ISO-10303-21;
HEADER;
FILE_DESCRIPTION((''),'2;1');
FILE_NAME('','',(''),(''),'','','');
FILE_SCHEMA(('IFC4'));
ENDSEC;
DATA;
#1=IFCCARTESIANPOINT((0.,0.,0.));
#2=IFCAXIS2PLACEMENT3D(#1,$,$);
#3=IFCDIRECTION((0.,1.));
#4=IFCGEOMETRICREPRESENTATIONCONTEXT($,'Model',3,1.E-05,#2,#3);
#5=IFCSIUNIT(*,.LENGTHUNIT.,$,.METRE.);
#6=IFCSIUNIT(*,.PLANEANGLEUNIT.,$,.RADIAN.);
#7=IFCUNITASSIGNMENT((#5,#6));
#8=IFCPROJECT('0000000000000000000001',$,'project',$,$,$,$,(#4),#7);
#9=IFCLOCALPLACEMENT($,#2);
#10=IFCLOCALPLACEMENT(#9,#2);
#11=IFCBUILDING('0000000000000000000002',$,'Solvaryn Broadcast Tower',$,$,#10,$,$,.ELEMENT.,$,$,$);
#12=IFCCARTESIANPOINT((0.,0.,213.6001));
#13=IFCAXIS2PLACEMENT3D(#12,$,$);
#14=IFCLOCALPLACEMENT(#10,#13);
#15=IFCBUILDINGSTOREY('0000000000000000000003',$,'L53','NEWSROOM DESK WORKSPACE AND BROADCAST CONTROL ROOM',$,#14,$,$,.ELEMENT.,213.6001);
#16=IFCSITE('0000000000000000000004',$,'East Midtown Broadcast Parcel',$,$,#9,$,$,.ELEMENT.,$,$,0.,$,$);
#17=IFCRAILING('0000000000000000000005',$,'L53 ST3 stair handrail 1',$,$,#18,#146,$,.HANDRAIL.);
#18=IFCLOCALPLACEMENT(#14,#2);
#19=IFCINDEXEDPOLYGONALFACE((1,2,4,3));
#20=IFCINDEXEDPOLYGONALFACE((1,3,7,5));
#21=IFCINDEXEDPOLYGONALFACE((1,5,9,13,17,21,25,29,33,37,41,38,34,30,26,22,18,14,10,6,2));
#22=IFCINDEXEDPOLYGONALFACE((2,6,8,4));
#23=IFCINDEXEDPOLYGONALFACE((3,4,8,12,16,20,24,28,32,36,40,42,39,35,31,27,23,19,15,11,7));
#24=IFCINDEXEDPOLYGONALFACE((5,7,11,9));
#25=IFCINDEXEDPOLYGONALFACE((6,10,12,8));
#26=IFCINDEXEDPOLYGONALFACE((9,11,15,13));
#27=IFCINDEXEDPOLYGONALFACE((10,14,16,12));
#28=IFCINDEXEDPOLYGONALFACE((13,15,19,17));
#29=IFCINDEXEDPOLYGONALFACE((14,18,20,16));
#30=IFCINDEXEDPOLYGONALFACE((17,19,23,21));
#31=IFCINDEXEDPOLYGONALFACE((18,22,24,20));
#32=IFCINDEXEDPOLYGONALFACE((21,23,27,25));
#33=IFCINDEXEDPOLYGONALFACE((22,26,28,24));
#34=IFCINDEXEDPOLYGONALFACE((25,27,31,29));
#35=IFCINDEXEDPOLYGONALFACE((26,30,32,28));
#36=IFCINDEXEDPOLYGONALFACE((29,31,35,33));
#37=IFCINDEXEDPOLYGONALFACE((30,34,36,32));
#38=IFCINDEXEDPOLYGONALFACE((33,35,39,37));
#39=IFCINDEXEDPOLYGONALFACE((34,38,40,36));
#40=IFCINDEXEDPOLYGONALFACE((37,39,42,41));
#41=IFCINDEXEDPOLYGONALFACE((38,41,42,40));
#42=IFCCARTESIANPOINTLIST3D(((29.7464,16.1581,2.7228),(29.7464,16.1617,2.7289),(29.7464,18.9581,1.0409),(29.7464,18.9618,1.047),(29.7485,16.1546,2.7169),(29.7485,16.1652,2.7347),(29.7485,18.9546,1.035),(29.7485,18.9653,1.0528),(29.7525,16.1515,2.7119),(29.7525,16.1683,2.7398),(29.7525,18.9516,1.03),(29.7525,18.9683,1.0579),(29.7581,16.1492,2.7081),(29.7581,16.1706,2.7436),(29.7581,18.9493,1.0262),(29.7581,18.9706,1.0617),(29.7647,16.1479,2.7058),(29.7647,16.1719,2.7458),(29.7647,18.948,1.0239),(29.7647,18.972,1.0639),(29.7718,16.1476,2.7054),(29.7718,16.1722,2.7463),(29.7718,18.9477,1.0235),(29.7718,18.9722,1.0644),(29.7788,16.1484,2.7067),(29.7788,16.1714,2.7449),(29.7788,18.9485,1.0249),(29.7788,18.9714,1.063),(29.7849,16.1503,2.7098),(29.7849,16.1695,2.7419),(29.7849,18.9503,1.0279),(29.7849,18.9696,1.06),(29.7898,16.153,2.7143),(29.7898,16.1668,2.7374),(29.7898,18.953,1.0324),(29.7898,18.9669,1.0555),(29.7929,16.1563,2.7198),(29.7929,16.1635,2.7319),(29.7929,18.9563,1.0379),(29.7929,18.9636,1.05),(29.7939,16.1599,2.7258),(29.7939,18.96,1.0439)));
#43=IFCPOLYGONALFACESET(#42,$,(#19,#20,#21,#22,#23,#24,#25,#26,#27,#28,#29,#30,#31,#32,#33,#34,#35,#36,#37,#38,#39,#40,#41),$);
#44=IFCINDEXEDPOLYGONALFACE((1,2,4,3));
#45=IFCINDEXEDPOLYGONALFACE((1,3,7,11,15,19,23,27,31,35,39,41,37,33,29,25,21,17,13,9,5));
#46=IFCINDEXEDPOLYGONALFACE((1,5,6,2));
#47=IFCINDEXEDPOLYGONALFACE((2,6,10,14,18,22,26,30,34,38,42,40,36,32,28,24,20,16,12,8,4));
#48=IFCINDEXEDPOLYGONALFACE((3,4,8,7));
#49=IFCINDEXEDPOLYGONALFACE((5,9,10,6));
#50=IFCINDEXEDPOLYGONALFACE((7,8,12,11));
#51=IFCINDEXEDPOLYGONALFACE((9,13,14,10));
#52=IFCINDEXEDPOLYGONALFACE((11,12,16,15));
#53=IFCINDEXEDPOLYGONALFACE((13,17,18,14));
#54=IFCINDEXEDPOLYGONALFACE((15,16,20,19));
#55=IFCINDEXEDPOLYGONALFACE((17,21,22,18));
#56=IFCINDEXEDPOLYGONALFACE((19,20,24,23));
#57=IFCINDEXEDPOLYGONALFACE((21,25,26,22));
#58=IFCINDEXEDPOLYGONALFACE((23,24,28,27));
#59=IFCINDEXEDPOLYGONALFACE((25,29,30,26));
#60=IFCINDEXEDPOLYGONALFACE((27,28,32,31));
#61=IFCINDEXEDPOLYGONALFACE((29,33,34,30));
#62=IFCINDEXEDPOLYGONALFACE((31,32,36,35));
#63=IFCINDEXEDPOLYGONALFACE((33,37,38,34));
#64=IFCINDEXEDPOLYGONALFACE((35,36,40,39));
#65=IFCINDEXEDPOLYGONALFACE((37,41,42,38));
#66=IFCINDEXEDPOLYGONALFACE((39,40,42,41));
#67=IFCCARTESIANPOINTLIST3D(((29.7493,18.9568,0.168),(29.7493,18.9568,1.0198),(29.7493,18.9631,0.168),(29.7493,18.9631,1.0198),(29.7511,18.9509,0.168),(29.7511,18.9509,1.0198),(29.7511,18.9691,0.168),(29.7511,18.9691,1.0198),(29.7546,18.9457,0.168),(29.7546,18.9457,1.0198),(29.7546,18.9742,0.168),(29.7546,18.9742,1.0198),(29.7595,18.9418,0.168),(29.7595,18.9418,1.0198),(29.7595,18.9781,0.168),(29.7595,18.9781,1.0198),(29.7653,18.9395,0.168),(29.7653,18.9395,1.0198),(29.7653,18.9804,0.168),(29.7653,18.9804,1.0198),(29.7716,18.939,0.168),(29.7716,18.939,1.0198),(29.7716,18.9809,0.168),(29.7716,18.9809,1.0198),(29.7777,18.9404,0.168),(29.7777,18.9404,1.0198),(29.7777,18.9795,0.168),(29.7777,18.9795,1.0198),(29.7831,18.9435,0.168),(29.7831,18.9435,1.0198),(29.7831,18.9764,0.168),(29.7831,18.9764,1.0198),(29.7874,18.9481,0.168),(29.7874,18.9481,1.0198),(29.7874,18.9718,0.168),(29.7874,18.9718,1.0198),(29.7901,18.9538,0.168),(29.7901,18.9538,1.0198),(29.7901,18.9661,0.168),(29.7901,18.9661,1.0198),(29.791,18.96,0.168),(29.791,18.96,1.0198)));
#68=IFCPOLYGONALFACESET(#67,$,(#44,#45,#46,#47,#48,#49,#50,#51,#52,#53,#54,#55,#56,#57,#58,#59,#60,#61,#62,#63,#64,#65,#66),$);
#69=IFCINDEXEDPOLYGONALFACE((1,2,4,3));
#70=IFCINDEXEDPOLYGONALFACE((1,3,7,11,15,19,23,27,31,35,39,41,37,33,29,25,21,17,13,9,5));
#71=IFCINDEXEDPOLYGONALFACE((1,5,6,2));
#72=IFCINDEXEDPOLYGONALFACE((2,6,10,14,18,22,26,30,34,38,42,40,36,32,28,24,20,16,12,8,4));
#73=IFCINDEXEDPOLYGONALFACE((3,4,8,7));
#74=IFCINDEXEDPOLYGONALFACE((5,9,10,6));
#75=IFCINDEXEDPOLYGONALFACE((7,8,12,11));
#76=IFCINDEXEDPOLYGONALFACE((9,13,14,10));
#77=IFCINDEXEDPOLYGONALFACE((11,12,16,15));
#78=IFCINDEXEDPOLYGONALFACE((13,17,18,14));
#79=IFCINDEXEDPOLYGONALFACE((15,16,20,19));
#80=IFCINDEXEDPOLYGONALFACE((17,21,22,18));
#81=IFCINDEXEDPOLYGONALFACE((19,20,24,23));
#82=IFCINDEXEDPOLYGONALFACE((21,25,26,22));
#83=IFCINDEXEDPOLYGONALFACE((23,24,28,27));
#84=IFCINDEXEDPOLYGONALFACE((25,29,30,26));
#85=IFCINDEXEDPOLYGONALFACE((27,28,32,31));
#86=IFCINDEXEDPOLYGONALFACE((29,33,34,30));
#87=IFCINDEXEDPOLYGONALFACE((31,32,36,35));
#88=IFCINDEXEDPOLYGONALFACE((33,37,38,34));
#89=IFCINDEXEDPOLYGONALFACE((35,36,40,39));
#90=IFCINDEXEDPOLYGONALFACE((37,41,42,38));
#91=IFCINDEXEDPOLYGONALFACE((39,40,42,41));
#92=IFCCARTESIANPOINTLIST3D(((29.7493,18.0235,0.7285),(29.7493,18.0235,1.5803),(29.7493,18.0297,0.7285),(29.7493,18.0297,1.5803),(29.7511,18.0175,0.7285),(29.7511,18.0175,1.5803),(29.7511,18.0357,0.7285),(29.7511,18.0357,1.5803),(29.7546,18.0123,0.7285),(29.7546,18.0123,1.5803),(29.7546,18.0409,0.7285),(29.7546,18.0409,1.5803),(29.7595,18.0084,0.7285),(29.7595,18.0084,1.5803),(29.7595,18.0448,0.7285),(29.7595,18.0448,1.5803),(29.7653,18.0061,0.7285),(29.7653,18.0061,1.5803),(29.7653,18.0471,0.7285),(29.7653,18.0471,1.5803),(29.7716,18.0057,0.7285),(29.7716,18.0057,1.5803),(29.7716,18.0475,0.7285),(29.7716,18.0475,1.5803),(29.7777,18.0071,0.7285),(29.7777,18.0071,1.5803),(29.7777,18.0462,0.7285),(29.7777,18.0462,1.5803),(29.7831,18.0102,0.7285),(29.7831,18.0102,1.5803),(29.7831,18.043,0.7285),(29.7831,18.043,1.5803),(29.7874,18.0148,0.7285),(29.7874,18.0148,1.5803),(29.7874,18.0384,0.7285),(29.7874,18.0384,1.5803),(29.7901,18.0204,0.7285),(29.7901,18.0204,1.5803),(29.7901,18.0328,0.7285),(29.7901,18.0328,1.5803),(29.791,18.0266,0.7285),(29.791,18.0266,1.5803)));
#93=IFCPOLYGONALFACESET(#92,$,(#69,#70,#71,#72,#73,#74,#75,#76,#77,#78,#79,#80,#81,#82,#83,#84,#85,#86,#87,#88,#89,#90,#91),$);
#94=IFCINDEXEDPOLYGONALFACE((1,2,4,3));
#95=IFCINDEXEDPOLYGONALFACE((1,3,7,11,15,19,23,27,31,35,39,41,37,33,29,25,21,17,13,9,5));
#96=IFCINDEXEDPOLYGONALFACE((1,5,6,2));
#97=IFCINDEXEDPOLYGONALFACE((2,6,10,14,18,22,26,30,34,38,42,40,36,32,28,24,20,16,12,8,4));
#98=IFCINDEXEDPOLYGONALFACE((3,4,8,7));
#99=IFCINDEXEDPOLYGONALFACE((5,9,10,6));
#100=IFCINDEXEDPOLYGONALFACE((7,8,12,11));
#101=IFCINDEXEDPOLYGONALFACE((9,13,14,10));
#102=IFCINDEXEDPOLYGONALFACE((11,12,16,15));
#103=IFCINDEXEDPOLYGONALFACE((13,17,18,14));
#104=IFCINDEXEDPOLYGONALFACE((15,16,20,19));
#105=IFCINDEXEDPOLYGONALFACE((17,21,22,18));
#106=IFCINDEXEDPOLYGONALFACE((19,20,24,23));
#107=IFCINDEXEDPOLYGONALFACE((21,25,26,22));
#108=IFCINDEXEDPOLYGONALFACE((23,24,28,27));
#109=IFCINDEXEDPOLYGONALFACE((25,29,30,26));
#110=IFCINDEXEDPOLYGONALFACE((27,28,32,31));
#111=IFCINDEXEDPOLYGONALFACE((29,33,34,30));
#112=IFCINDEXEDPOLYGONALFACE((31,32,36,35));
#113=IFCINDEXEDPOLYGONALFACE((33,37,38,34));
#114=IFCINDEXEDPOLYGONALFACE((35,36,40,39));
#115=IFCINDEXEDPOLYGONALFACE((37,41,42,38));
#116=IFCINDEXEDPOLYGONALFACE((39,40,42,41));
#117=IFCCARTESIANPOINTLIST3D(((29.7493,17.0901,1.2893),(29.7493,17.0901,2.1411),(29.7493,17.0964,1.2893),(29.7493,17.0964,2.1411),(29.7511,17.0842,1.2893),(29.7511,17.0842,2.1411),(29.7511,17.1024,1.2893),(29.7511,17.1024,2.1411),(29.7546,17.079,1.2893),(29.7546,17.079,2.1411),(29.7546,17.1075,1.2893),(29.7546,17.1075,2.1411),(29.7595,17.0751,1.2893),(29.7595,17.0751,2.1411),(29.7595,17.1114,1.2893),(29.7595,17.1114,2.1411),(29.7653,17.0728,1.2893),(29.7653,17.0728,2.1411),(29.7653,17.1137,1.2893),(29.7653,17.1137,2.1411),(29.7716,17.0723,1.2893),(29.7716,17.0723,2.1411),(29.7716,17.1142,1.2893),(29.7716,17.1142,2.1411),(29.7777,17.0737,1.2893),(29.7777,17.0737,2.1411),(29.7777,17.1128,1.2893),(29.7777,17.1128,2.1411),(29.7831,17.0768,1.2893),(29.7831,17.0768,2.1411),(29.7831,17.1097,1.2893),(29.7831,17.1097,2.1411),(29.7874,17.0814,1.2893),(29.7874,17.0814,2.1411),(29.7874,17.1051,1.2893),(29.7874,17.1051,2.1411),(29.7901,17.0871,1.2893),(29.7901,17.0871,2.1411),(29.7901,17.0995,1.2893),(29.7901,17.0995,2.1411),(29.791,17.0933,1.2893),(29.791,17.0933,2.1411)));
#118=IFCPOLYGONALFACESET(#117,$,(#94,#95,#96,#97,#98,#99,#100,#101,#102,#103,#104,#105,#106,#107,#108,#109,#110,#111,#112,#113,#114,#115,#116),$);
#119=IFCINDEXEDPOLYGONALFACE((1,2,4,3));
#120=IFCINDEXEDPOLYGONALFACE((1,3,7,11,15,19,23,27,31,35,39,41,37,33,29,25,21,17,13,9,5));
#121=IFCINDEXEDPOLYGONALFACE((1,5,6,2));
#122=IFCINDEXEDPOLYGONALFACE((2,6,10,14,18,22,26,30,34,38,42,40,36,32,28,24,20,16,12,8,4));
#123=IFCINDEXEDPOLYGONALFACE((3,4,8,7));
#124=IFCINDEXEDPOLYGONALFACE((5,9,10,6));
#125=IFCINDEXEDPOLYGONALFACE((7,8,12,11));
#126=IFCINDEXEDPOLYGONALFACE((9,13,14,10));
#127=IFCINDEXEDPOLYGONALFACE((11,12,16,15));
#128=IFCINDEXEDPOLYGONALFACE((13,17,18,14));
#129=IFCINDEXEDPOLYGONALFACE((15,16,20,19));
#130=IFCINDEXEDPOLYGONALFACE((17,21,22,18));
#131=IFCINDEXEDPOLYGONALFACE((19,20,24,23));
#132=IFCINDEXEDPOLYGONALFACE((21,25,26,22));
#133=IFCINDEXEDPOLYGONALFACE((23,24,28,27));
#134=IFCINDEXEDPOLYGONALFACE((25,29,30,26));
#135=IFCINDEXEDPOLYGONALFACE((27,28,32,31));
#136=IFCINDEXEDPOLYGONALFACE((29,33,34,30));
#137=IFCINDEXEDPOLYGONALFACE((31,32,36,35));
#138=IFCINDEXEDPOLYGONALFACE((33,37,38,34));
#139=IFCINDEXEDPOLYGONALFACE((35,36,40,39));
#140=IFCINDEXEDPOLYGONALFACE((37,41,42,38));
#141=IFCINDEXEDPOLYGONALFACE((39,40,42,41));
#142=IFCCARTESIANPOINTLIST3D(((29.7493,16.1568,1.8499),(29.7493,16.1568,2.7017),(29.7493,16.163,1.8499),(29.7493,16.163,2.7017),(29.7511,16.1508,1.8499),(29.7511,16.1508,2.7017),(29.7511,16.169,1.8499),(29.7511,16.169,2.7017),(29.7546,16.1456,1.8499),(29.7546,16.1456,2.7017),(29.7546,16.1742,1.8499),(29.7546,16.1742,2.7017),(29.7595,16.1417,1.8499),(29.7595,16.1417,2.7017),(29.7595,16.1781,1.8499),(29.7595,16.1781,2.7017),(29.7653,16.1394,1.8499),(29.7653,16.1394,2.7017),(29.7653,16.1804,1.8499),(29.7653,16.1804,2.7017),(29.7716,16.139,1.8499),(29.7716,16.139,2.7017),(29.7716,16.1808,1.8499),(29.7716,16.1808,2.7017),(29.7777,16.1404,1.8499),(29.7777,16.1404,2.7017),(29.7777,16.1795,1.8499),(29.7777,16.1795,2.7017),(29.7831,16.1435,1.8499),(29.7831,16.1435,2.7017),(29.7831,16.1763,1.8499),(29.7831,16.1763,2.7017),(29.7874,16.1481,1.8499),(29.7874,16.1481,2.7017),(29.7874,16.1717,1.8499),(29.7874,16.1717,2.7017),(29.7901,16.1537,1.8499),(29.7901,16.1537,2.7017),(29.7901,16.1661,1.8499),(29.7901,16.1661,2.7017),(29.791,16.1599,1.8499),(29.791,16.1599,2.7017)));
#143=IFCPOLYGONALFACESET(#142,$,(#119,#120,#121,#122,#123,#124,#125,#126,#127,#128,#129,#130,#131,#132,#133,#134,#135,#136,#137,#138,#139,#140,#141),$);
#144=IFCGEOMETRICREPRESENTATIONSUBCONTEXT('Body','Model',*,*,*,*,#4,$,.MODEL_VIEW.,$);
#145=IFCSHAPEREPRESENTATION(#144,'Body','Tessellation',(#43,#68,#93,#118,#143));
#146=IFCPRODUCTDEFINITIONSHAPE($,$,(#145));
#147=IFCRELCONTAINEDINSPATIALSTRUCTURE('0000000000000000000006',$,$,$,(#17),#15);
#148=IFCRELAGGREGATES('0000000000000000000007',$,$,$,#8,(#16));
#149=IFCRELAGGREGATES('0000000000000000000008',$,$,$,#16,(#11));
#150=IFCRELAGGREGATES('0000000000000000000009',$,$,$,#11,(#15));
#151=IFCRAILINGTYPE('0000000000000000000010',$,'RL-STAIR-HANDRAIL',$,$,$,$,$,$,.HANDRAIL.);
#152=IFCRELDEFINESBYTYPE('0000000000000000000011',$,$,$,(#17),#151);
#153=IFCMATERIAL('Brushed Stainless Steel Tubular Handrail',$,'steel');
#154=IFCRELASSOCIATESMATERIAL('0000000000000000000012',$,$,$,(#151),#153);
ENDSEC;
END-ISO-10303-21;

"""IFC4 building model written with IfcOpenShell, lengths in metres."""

from ifc_helpers import new_model, si_unit, direction, frame, origin, origin_2d, place, context, subcontext, project, spatial, circle, extrude, material, type_object, element, save


model = new_model("IFC4")

# Units and contexts
model_context = context("Model", 3, precision=1e-05, world=origin(), true_north=direction((0.0, 1.0)))
body_context = subcontext(model_context, "Body", "Model", "MODEL_VIEW")
ifc_project = project(units=[si_unit("LENGTHUNIT", "METRE"), si_unit("PLANEANGLEUNIT", "RADIAN")], contexts=[model_context])

# Site, building, storey
site_placement = place(None, origin())
site = spatial("IfcSite", under=ifc_project, at=site_placement, Name="East Midtown Broadcast Parcel", CompositionType="ELEMENT", RefElevation=0.0)
building_placement = place(site_placement, origin())
building = spatial("IfcBuilding", under=site, at=building_placement, Name="Solvaryn Broadcast Tower", CompositionType="ELEMENT")
storey_placement = place(building_placement, frame((0.0, 0.0, 213.6001)))
storey = spatial("IfcBuildingStorey", under=building, at=storey_placement, Name="L53", Description="NEWSROOM DESK WORKSPACE AND BROADCAST CONTROL ROOM", CompositionType="ELEMENT", Elevation=213.6001)

# Railing
ifc_material_1 = material(Name="Brushed Stainless Steel Tubular Handrail", Category="steel")
railing_type_1 = type_object("IfcRailingType", Name="RL-STAIR-HANDRAIL", PredefinedType="HANDRAIL", material=ifc_material_1)
railing_1_placement = place(storey_placement, frame((29.77, 18.96, 0.168)))
element("IfcRailing", 1, at=railing_1_placement, inside=storey, type_object=railing_type_1, Name="L53 ST3 stair handrail 1", PredefinedType="HANDRAIL", context=body_context, shape_type="SweptSolid", body=[
    extrude(circle(Radius=0.0239, at=origin_2d()), frame((0.0, 0.0, 0.876), z_axis=(0.0, -0.857242, 0.514913), x_axis=(1.0, 0.0, 0.0)), (0.0, 0.0, 1.0), 3.2664),
    extrude(circle(Radius=0.021, at=origin_2d()), origin(), (0.0, 0.0, 1.0), 0.8518),
    extrude(circle(Radius=0.021, at=origin_2d()), frame((0.0, -0.9333, 0.5605)), (0.0, 0.0, 1.0), 0.8518),
    extrude(circle(Radius=0.021, at=origin_2d()), frame((0.0, -1.8667, 1.1213)), (0.0, 0.0, 1.0), 0.8518),
    extrude(circle(Radius=0.021, at=origin_2d()), frame((0.0, -2.8, 1.6819)), (0.0, 0.0, 1.0), 0.8518),
])

save(model, "model.ifc")
